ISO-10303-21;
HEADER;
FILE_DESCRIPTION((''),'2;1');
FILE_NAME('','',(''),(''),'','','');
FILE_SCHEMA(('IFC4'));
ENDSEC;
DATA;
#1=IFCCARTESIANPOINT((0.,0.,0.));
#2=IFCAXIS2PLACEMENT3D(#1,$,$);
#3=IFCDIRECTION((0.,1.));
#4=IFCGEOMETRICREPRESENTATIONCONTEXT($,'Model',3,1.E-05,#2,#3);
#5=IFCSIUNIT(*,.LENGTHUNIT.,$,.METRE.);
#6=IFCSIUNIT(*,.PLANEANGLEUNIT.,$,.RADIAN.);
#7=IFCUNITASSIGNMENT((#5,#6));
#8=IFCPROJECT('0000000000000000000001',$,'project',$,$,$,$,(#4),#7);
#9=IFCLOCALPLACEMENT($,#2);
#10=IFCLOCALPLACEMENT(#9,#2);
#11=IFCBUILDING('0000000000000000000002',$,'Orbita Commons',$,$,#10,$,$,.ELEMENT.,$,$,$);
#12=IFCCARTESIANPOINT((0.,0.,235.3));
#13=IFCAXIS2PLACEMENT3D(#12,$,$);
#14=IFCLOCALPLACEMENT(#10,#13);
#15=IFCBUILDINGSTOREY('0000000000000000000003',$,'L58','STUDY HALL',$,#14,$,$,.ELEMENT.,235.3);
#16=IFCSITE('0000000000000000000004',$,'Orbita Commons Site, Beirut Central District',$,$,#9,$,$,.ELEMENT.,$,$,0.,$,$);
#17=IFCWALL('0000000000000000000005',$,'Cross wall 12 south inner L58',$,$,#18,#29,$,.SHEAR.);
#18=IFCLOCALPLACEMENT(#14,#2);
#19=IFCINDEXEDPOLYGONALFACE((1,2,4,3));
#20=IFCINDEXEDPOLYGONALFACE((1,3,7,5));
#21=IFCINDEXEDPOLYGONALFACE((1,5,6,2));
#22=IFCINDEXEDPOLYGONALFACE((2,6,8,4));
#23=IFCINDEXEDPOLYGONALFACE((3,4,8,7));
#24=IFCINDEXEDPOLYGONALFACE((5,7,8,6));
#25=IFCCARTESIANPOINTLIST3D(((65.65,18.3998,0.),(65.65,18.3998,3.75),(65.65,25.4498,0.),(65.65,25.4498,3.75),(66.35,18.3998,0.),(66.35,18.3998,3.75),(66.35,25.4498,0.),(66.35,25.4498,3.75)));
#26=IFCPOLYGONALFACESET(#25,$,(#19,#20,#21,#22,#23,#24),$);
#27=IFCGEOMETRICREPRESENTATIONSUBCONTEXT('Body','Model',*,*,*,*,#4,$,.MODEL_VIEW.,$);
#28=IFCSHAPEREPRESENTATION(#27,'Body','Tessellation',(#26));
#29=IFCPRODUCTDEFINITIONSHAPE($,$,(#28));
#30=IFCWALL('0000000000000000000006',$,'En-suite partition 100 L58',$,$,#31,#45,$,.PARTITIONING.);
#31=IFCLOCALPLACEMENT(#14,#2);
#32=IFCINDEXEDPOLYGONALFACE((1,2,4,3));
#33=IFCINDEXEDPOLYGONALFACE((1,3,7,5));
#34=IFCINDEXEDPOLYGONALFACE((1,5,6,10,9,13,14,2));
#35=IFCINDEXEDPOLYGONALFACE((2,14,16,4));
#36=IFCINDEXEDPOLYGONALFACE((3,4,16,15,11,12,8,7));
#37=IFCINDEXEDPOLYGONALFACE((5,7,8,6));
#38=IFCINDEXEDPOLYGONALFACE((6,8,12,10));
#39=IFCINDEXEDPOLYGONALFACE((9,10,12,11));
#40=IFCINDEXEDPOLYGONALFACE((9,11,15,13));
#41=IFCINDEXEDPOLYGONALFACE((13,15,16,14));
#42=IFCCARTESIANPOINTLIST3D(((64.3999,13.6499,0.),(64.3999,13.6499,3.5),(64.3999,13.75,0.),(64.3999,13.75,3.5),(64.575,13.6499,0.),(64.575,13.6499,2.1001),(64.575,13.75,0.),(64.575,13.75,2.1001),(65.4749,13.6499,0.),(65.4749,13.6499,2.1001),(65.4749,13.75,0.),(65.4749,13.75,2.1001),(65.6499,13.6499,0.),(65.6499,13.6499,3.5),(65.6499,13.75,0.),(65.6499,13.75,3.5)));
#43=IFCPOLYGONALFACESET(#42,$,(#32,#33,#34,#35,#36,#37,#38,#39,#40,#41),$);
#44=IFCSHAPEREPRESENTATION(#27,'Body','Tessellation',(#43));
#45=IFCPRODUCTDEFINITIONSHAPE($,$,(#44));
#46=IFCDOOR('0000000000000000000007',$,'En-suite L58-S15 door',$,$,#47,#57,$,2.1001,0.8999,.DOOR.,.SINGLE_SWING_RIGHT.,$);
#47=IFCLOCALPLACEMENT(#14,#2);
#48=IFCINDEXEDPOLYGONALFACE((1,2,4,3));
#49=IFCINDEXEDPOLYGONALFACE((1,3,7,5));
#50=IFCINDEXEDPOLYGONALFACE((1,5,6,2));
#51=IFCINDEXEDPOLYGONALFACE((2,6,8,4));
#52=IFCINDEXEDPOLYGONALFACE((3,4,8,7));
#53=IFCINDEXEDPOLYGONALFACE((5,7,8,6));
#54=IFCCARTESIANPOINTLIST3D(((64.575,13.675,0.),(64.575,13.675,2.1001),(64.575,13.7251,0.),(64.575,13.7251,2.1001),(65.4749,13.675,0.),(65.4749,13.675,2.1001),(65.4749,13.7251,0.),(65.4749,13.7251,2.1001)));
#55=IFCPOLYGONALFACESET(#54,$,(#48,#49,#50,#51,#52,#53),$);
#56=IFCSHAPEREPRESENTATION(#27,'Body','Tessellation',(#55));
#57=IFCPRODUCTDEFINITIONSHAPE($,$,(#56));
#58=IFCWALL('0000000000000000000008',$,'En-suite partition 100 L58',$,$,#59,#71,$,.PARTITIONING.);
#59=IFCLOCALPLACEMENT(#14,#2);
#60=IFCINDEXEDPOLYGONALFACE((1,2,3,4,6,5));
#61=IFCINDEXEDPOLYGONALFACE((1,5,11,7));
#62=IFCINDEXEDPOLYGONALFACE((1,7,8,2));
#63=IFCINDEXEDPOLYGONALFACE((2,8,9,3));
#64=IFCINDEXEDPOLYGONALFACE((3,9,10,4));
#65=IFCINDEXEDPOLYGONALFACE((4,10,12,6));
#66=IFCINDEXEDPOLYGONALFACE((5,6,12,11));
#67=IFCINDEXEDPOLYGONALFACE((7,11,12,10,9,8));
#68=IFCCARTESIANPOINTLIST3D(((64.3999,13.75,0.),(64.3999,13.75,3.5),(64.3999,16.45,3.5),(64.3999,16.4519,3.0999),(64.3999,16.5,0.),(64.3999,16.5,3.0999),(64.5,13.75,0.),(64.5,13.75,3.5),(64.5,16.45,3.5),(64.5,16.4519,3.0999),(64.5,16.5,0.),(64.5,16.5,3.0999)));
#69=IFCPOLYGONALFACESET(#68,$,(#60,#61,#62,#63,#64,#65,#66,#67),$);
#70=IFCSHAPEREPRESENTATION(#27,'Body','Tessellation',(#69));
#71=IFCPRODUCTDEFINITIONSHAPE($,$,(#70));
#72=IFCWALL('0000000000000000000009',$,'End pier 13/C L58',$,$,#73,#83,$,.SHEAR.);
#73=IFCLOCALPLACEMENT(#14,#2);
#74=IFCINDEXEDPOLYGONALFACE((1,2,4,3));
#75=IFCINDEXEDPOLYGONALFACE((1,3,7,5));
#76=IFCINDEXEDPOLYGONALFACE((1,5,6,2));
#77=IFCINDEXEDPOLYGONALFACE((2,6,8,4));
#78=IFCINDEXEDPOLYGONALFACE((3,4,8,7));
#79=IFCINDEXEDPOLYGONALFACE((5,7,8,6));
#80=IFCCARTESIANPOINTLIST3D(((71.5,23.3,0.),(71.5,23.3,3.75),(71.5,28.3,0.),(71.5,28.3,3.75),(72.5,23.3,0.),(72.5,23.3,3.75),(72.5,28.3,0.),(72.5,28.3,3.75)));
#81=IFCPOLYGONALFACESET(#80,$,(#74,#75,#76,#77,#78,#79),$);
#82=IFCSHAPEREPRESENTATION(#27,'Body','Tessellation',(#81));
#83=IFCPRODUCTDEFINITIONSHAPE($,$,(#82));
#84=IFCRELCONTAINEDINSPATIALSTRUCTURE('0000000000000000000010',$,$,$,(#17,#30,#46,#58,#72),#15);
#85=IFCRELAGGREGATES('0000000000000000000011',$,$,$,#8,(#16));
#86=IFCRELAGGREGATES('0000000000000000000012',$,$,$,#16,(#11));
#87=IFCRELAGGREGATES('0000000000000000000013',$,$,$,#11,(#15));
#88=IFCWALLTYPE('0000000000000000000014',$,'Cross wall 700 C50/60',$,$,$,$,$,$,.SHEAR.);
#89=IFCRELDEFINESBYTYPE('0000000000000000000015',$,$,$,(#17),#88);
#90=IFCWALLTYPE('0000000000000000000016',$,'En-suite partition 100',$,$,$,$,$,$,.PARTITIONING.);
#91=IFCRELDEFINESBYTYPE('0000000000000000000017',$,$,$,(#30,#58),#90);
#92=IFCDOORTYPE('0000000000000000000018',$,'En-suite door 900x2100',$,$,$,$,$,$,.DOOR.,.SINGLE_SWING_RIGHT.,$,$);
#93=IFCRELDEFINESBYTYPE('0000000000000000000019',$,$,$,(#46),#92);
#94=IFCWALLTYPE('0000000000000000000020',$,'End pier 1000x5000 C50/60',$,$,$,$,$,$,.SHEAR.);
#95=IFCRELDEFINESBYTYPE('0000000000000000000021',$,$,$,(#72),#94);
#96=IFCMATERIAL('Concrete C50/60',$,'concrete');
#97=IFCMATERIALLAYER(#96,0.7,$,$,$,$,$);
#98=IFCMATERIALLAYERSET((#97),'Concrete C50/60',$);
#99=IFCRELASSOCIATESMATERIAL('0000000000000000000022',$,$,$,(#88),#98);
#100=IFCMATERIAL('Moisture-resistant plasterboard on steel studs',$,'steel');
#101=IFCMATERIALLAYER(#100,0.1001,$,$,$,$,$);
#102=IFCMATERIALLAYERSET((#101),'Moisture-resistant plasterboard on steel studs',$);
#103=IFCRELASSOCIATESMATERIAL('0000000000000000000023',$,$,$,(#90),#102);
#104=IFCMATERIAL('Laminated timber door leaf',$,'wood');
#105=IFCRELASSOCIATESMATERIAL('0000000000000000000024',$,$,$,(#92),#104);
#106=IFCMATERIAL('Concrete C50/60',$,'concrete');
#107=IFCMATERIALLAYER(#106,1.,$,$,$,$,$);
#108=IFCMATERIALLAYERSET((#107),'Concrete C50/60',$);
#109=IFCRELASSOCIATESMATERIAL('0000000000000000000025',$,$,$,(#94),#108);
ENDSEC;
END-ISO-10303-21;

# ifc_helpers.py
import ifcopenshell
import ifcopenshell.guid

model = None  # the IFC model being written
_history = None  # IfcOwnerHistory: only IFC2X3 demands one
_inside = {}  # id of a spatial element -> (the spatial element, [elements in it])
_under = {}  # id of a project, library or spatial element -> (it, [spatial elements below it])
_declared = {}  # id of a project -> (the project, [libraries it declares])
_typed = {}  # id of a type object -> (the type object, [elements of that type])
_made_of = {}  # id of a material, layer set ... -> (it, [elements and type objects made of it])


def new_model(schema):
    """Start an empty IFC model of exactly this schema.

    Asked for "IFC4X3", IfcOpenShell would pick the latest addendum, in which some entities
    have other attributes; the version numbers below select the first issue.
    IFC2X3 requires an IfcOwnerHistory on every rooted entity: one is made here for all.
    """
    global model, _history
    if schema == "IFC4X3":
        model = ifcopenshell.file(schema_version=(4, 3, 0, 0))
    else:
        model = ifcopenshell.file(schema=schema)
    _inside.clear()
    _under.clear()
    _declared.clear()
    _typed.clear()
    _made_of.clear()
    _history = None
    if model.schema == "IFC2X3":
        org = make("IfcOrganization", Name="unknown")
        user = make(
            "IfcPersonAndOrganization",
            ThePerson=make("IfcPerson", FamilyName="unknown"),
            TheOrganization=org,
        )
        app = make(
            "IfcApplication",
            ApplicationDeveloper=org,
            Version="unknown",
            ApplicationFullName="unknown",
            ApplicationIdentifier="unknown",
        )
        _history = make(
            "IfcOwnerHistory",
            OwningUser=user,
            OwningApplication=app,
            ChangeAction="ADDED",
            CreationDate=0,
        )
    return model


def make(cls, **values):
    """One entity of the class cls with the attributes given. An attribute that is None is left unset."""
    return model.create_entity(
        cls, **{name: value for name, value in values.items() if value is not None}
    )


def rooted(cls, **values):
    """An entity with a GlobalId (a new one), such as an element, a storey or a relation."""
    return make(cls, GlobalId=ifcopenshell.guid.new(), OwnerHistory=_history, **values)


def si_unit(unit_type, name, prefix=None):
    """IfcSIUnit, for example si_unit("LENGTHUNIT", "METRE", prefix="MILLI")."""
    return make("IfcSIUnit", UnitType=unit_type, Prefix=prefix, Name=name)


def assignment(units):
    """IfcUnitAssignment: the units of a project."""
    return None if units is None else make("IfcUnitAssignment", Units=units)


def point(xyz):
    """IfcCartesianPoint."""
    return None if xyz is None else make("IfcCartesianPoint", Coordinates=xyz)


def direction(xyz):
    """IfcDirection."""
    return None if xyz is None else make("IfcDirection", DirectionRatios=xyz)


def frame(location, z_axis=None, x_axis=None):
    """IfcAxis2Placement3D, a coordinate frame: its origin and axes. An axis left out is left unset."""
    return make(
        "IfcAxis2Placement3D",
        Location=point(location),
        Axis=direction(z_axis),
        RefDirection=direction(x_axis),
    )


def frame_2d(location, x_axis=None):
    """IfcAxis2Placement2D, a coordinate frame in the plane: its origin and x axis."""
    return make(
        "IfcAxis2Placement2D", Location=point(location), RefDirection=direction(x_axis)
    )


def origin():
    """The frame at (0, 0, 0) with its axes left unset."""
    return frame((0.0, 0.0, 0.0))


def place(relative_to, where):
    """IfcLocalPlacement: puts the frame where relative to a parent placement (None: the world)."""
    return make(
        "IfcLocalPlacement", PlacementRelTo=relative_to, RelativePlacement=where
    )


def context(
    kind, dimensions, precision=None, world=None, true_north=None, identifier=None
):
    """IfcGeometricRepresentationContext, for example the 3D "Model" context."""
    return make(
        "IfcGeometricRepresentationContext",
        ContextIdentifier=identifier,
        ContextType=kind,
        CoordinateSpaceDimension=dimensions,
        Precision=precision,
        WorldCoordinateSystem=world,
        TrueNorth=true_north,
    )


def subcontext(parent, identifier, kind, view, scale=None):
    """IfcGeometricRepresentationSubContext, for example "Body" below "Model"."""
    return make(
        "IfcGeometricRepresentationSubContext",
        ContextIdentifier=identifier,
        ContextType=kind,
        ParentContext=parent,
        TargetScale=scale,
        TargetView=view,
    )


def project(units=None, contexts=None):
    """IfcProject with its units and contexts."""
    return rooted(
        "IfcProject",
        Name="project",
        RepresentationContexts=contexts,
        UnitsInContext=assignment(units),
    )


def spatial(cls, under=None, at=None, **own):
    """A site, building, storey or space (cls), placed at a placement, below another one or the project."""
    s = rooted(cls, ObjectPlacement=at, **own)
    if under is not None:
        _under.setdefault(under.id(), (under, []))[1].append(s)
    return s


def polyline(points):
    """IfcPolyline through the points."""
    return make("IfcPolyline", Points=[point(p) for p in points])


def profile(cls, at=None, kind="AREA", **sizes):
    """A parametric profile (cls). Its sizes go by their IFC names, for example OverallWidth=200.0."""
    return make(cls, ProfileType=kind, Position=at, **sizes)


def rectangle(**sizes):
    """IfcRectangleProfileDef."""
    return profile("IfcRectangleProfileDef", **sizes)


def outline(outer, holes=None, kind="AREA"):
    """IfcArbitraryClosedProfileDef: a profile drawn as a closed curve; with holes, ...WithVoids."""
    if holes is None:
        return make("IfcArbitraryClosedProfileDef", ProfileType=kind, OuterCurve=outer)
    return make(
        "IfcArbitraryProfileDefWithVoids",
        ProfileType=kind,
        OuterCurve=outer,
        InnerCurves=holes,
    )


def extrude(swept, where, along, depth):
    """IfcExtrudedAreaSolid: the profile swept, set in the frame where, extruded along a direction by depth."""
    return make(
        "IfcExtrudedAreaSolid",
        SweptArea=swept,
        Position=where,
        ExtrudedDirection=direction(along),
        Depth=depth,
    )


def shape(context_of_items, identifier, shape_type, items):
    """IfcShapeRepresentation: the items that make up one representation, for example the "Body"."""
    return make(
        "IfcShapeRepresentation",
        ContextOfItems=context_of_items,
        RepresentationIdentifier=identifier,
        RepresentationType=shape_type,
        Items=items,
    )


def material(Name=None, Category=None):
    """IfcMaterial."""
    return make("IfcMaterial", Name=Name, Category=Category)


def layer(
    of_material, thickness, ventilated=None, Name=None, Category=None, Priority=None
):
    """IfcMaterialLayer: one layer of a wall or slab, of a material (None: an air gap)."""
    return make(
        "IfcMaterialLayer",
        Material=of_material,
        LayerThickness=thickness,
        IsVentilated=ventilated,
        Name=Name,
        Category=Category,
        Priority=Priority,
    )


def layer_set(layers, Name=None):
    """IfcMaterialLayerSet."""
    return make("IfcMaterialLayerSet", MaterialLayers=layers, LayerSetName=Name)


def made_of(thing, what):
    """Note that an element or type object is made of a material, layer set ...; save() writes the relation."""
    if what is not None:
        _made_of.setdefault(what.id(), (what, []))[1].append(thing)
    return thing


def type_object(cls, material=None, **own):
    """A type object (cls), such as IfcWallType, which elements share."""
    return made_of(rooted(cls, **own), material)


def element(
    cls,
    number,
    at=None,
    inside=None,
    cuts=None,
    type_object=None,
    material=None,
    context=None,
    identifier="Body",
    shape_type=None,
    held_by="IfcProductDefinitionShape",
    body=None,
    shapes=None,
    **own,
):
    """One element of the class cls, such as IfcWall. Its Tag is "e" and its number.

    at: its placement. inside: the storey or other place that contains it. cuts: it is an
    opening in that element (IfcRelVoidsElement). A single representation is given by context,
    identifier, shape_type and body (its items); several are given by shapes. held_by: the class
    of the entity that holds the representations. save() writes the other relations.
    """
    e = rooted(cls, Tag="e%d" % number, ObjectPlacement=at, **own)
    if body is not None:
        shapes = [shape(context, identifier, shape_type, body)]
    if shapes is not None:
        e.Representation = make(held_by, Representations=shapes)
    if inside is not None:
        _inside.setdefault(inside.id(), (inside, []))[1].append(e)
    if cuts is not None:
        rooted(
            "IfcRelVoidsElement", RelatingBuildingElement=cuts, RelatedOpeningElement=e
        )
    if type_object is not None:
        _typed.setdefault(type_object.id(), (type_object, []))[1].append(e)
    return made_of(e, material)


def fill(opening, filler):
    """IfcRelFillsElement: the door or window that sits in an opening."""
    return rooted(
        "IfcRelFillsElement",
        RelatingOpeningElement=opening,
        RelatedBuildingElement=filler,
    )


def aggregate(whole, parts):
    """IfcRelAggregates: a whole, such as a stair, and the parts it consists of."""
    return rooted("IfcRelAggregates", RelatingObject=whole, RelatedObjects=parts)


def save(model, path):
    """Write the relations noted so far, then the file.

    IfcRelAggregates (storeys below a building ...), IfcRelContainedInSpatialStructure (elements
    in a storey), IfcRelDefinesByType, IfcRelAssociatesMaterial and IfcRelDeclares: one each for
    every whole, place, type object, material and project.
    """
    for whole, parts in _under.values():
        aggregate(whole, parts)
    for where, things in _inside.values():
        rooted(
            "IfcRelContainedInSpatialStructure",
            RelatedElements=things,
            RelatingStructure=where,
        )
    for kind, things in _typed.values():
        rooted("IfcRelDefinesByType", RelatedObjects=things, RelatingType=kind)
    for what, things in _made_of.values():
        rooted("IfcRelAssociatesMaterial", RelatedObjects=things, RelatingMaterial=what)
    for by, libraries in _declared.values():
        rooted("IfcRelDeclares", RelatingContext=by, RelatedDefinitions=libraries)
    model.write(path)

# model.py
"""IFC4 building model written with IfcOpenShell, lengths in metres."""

from ifc_helpers import new_model, si_unit, direction, frame, frame_2d, origin, place, context, subcontext, project, spatial, polyline, rectangle, outline, extrude, material, layer, layer_set, type_object, element, fill, save


model = new_model("IFC4")

# Units and contexts
model_context = context("Model", 3, precision=1e-05, world=origin(), true_north=direction((0.0, 1.0)))
body_context = subcontext(model_context, "Body", "Model", "MODEL_VIEW")
ifc_project = project(units=[si_unit("LENGTHUNIT", "METRE"), si_unit("PLANEANGLEUNIT", "RADIAN")], contexts=[model_context])

# Site, building, storey
site_placement = place(None, origin())
site = spatial("IfcSite", under=ifc_project, at=site_placement, Name="Orbita Commons Site, Beirut Central District", CompositionType="ELEMENT", RefElevation=0.0)
building_placement = place(site_placement, origin())
building = spatial("IfcBuilding", under=site, at=building_placement, Name="Orbita Commons", CompositionType="ELEMENT")
storey_placement = place(building_placement, frame((0.0, 0.0, 235.3)))
storey = spatial("IfcBuildingStorey", under=building, at=storey_placement, Name="L58", Description="STUDY HALL", CompositionType="ELEMENT", Elevation=235.3)

# Wall
ifc_material_1 = material(Name="Concrete C50/60", Category="concrete")
ifc_layer_1 = layer(ifc_material_1, 0.7)
ifc_layer_set_1 = layer_set([ifc_layer_1], Name="Concrete C50/60")
wall_type_1 = type_object("IfcWallType", Name="Cross wall 700 C50/60", PredefinedType="SHEAR", material=ifc_layer_set_1)
wall_1_placement = place(storey_placement, frame((66.0, 18.3999, 0.0), z_axis=(0.0, 0.0, 1.0), x_axis=(0.0, 1.0, 0.0)))
element("IfcWall", 1, at=wall_1_placement, inside=storey, type_object=wall_type_1, Name="Cross wall 12 south inner L58", PredefinedType="SHEAR", context=body_context, shape_type="SweptSolid", body=[
    extrude(rectangle(XDim=7.05, YDim=0.7, at=frame_2d((3.5249, 0.0))), origin(), (0.0, 0.0, 1.0), 3.75),
])

# Wall, opening, door
ifc_material_2 = material(Name="Moisture-resistant plasterboard on steel studs", Category="steel")
ifc_layer_2 = layer(ifc_material_2, 0.1001)
ifc_layer_set_2 = layer_set([ifc_layer_2], Name="Moisture-resistant plasterboard on steel studs")
wall_type_2 = type_object("IfcWallType", Name="En-suite partition 100", PredefinedType="PARTITIONING", material=ifc_layer_set_2)
wall_2_placement = place(storey_placement, frame((65.6499, 13.7, 0.0), z_axis=(0.0, 0.0, 1.0), x_axis=(-1.0, 0.0, 0.0)))
wall_2 = element("IfcWall", 2, at=wall_2_placement, inside=storey, type_object=wall_type_2, Name="En-suite partition 100 L58", PredefinedType="PARTITIONING", context=body_context, shape_type="SweptSolid", body=[
    extrude(rectangle(XDim=1.25, YDim=0.1001, at=frame_2d((0.625, 0.0))), origin(), (0.0, 0.0, 1.0), 3.5),
])
opening_1_placement = place(wall_2_placement, frame((0.175, 0.0, 0.0)))
opening_1 = element("IfcOpeningElement", 3, at=opening_1_placement, cuts=wall_2, PredefinedType="OPENING", context=body_context, shape_type="SweptSolid", body=[
    extrude(rectangle(XDim=0.8999, YDim=2.1001, at=frame_2d((0.45, 1.05))), frame((0.0, 0.0601, 0.0), z_axis=(0.0, -1.0, 0.0), x_axis=(1.0, 0.0, 0.0)), (0.0, 0.0, 1.0), 0.1201),
])
ifc_material_3 = material(Name="Laminated timber door leaf", Category="wood")
door_type_1 = type_object("IfcDoorType", Name="En-suite door 900x2100", OperationType="SINGLE_SWING_RIGHT", PredefinedType="DOOR", material=ifc_material_3)
door_1_placement = place(opening_1_placement, origin())
door_1 = element("IfcDoor", 4, at=door_1_placement, inside=storey, type_object=door_type_1, Name="En-suite L58-S15 door", OperationType="SINGLE_SWING_RIGHT", OverallHeight=2.1001, OverallWidth=0.8999, PredefinedType="DOOR", context=body_context, shape_type="SweptSolid", body=[
    extrude(rectangle(XDim=0.8999, YDim=2.1001, at=frame_2d((0.45, 1.05))), frame((0.0, 0.0249, 0.0), z_axis=(0.0, -1.0, 0.0), x_axis=(1.0, 0.0, 0.0)), (0.0, 0.0, 1.0), 0.05),
])
fill(opening_1, door_1)

# Walls
wall_3_placement = place(storey_placement, frame((64.45, 13.75, 0.0), z_axis=(0.0, 0.0, 1.0), x_axis=(0.0, 1.0, 0.0)))
element("IfcWall", 5, at=wall_3_placement, inside=storey, type_object=wall_type_2, Name="En-suite partition 100 L58", PredefinedType="PARTITIONING", context=body_context, shape_type="SweptSolid", body=[
    extrude(outline(polyline([(0.0, 0.0), (2.75, 0.0), (2.75, 3.0999), (2.7019, 3.0999), (2.7, 3.5), (0.0, 3.5), (0.0, 0.0)])), frame((0.0, 0.05, 0.0), z_axis=(0.0, -1.0, 0.0), x_axis=(1.0, 0.0, 0.0)), (0.0, 0.0, 1.0), 0.1001),
])
ifc_material_4 = material(Name="Concrete C50/60", Category="concrete")
ifc_layer_3 = layer(ifc_material_4, 1.0)
ifc_layer_set_3 = layer_set([ifc_layer_3], Name="Concrete C50/60")
wall_type_3 = type_object("IfcWallType", Name="End pier 1000x5000 C50/60", PredefinedType="SHEAR", material=ifc_layer_set_3)
wall_4_placement = place(storey_placement, frame((72.0, 23.3, 0.0), z_axis=(0.0, 0.0, 1.0), x_axis=(0.0, 1.0, 0.0)))
element("IfcWall", 6, at=wall_4_placement, inside=storey, type_object=wall_type_3, Name="End pier 13/C L58", PredefinedType="SHEAR", context=body_context, shape_type="SweptSolid", body=[
    extrude(rectangle(XDim=5.0, YDim=1.0, at=frame_2d((2.5, 0.0))), origin(), (0.0, 0.0, 1.0), 3.75),
])

save(model, "model.ifc")
